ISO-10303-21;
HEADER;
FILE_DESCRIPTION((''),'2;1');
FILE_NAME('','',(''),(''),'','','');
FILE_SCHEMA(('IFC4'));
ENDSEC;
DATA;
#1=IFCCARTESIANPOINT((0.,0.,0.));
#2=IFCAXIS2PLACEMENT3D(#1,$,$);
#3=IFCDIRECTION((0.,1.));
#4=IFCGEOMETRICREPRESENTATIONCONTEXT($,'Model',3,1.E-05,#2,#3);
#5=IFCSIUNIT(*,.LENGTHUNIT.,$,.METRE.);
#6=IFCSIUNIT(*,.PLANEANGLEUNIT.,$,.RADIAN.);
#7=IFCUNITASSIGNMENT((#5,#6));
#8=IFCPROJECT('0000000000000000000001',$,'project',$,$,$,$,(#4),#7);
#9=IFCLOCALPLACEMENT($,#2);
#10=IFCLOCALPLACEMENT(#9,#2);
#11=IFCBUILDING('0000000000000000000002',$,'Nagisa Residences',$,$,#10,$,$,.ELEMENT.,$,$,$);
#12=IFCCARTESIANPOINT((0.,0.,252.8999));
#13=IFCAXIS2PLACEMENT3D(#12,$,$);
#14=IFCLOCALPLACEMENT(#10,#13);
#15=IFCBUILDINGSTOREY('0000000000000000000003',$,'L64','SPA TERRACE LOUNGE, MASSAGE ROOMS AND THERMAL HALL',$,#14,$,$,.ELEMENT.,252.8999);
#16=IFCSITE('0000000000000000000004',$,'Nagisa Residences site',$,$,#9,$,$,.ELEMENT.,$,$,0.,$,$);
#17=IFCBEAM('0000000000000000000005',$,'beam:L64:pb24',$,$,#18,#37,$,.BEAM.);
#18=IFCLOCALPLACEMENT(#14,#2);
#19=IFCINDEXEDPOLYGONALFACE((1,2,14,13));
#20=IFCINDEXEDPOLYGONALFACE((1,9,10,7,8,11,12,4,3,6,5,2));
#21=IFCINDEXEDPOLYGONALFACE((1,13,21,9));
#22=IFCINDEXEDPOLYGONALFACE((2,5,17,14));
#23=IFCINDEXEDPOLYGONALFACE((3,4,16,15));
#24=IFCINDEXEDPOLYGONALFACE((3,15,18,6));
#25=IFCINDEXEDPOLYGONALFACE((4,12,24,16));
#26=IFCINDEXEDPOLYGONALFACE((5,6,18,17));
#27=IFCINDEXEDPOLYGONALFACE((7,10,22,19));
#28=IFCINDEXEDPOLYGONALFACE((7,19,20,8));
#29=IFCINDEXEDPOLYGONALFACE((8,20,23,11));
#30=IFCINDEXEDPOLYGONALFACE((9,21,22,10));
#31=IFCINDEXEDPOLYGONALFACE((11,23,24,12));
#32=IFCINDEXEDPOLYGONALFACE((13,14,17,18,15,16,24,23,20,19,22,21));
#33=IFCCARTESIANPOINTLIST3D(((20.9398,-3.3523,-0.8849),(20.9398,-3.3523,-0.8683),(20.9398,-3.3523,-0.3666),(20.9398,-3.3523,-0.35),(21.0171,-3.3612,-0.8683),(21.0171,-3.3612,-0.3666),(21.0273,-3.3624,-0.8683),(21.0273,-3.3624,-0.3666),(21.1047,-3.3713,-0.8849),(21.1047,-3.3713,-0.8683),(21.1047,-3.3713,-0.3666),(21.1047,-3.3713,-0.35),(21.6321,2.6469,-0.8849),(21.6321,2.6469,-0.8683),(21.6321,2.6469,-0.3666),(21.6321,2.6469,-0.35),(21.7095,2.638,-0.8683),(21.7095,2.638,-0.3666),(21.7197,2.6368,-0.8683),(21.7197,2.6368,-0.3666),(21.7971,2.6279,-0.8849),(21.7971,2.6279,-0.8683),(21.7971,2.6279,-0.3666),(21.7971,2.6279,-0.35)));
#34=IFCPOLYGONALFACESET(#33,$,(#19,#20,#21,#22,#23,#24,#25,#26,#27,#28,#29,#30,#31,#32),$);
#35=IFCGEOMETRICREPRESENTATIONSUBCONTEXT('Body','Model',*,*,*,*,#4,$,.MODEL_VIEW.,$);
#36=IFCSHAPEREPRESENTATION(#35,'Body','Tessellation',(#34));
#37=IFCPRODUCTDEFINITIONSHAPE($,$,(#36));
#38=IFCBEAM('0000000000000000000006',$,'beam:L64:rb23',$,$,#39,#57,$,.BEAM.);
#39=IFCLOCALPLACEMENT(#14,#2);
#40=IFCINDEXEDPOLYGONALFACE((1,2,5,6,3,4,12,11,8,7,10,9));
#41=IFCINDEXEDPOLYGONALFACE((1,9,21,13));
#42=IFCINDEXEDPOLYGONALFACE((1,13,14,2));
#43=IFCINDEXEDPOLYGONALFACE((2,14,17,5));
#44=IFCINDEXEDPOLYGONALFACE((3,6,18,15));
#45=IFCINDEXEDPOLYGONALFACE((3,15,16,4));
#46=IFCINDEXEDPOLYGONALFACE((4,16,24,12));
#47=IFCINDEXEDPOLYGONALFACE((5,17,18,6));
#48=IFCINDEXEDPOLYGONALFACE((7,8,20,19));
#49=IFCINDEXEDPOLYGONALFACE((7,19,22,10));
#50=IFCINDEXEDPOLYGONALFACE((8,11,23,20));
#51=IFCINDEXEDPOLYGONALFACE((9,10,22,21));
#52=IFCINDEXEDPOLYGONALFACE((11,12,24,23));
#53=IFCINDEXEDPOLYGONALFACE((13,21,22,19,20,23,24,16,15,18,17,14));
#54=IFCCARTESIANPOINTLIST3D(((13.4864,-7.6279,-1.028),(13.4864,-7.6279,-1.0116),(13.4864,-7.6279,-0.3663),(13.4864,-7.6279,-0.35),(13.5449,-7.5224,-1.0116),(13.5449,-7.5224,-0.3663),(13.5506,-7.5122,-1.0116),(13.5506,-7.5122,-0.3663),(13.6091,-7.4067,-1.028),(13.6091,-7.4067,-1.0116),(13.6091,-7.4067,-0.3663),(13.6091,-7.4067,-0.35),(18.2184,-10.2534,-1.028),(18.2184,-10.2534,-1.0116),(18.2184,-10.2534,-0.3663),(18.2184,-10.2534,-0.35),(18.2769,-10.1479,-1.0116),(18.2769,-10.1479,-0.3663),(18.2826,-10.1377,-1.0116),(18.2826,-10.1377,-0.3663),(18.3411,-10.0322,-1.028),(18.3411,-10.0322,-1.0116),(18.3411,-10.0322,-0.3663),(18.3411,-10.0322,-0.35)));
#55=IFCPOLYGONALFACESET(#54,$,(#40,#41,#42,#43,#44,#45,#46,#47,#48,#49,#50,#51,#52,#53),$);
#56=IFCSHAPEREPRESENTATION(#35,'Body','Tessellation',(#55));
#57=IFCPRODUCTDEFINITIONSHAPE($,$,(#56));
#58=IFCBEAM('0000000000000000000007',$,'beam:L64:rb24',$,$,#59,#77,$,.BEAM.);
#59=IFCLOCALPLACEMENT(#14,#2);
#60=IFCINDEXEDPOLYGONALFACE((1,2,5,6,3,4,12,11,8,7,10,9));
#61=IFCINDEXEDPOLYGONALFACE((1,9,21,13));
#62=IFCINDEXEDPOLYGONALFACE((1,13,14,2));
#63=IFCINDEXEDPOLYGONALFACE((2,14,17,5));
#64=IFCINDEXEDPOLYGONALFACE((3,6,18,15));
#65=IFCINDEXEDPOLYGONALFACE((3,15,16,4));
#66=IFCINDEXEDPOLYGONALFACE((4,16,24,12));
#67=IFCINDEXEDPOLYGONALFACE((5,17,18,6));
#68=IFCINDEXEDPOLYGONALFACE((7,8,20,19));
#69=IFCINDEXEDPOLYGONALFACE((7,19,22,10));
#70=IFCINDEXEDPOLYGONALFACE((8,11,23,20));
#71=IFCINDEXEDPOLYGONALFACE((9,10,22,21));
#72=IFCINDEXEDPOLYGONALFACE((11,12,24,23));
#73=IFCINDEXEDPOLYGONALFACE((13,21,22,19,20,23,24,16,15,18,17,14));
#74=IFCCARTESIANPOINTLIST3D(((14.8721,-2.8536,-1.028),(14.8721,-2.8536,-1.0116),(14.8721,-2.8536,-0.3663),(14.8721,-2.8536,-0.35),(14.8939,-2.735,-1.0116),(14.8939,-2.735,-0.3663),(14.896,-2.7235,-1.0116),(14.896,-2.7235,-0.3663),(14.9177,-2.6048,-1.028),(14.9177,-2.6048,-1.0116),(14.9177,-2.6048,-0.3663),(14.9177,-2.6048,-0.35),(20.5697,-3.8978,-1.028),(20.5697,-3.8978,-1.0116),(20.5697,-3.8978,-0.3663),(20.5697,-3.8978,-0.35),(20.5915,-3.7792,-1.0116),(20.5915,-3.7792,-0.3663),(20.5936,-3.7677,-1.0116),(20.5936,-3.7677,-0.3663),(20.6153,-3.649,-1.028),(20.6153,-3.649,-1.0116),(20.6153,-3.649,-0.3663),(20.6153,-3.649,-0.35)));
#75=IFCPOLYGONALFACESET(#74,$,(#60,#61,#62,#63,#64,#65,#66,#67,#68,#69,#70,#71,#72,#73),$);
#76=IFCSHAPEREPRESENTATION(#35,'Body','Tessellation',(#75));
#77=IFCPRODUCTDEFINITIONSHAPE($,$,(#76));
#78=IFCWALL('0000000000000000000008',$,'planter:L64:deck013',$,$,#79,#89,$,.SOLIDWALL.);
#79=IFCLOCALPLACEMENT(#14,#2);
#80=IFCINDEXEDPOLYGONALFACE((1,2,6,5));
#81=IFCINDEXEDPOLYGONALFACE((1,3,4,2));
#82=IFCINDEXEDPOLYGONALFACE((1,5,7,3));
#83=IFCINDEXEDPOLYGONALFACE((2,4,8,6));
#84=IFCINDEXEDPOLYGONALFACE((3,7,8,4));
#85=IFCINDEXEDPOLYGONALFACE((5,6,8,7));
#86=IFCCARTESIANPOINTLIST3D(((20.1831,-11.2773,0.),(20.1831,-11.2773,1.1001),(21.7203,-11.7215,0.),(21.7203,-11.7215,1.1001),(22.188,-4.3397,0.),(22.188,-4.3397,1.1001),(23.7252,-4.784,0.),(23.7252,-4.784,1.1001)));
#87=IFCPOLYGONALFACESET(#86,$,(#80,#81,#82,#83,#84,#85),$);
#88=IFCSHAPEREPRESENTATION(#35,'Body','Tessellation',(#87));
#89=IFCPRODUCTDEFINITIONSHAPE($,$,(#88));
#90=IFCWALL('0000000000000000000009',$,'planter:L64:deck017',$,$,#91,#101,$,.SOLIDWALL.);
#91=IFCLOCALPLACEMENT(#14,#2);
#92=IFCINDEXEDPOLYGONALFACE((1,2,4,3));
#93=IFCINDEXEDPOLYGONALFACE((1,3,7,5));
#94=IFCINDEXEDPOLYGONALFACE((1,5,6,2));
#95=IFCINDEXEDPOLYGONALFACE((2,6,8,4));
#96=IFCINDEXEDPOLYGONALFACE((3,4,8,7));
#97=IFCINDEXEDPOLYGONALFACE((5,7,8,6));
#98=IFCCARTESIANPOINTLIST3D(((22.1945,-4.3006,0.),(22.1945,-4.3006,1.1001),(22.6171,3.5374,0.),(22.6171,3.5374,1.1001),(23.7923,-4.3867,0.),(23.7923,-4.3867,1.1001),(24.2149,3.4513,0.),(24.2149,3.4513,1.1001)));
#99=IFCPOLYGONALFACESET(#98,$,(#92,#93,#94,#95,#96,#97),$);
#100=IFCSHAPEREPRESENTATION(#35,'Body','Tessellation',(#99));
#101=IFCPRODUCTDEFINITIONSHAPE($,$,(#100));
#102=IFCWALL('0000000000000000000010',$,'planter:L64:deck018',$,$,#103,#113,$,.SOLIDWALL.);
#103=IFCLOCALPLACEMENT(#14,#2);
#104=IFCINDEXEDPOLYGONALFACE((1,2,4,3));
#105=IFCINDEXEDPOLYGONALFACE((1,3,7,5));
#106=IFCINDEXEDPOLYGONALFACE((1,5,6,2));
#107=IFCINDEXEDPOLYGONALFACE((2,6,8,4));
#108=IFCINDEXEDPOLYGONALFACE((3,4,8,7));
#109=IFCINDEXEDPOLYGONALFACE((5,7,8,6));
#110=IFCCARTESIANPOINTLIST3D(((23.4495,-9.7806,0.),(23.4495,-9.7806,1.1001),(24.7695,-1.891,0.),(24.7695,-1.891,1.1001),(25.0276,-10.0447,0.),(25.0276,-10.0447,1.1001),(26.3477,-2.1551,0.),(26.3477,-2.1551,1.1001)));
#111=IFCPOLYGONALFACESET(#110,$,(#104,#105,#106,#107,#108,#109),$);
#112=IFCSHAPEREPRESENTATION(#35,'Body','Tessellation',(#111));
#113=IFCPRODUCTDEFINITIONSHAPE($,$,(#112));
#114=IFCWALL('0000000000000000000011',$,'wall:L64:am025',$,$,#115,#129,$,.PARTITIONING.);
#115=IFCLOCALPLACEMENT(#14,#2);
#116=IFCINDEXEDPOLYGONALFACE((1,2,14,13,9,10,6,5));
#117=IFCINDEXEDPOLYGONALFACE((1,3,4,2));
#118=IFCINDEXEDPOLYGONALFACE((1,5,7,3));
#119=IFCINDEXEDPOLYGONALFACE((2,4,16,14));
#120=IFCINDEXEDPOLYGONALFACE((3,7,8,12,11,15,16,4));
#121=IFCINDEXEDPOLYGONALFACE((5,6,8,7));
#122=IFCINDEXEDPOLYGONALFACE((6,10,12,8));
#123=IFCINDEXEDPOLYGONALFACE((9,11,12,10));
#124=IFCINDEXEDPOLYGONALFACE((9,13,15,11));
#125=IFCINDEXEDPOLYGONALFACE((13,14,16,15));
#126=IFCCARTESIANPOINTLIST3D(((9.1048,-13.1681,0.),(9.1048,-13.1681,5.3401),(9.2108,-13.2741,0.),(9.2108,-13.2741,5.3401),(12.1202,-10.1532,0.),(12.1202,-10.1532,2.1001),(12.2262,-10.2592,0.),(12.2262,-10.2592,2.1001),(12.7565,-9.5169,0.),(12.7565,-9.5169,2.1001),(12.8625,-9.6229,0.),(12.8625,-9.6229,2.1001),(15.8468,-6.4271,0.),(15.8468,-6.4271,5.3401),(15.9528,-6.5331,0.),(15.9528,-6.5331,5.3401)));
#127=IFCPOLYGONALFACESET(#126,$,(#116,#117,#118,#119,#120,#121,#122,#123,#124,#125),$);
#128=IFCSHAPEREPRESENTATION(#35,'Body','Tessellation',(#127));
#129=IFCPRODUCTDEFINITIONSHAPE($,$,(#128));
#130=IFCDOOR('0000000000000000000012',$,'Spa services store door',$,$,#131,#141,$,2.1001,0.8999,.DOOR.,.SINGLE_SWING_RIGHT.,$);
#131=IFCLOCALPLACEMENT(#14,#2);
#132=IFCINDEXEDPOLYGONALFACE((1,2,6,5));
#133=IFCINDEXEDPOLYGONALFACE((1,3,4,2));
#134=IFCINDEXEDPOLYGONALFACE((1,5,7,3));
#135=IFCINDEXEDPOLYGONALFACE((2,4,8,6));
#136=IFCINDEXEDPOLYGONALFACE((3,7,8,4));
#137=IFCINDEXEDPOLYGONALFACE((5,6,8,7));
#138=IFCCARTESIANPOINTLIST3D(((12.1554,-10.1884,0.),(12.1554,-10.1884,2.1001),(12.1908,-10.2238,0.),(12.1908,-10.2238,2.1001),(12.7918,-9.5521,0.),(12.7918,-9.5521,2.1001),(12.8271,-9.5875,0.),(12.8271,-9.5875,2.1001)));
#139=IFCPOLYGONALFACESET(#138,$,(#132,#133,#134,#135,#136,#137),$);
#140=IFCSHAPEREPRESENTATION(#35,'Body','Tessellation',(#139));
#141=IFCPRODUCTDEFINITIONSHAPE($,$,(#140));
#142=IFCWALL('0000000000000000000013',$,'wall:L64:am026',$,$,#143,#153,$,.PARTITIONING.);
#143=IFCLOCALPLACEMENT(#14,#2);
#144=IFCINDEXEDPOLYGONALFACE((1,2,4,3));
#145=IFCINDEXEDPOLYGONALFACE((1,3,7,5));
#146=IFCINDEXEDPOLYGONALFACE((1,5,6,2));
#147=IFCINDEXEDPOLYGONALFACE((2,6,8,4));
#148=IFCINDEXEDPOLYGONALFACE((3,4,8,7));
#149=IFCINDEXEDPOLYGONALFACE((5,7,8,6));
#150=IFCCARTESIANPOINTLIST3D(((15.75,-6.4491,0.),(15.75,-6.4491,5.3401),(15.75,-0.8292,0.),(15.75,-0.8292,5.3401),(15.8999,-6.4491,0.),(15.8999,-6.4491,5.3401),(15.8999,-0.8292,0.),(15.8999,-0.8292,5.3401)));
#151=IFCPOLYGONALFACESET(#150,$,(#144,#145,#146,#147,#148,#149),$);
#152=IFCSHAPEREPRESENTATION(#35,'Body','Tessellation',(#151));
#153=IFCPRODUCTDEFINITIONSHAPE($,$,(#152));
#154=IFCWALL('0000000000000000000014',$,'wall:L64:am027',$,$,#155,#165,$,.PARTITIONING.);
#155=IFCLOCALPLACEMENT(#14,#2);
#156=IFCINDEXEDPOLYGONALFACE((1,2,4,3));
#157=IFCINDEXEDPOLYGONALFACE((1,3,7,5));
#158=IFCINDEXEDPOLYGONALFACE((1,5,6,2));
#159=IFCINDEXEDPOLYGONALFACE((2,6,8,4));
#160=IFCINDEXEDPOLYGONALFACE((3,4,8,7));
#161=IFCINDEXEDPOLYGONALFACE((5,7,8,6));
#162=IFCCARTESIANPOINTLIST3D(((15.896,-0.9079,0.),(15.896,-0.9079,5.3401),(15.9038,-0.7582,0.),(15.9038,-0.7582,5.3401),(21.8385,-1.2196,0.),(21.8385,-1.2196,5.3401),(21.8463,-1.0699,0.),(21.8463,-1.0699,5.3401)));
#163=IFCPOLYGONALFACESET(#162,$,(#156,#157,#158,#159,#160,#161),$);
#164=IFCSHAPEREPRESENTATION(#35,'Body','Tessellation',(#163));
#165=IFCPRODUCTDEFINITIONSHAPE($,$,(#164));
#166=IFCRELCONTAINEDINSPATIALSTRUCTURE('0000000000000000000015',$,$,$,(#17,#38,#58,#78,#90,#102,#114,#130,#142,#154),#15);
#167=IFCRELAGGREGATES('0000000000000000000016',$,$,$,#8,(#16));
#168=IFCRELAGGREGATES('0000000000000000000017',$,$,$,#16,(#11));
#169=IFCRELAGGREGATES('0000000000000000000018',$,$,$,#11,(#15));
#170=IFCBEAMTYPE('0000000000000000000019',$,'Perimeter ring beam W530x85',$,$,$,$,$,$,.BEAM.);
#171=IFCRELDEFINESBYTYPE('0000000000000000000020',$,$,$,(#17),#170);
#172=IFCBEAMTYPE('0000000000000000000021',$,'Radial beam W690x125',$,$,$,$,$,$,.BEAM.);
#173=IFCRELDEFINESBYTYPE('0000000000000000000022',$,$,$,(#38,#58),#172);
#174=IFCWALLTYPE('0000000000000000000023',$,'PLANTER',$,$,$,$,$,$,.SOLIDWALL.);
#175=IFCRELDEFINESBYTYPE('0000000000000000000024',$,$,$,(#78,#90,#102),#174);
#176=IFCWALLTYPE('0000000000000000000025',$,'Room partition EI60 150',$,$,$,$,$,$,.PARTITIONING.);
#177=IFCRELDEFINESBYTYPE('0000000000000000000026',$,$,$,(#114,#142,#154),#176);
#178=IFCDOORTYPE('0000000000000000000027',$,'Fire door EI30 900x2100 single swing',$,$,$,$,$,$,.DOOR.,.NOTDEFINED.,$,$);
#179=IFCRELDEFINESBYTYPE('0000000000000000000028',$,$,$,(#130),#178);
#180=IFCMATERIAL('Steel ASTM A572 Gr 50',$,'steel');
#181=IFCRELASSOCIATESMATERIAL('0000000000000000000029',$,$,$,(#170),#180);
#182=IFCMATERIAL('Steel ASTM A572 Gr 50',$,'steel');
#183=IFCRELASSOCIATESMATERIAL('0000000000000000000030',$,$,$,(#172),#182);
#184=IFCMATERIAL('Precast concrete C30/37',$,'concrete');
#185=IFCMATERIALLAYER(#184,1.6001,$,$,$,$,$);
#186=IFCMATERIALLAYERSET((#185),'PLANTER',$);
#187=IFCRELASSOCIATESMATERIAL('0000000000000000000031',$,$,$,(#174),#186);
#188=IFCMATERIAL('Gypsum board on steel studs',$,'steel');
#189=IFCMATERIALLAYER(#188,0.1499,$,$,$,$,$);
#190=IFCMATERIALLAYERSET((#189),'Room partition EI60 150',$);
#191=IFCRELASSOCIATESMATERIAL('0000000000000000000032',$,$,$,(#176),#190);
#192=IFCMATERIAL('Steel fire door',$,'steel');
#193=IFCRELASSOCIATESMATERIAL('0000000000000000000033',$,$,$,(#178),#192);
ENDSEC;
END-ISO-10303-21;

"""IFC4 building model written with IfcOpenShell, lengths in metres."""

from ifc_helpers import new_model, si_unit, direction, frame, frame_2d, origin, origin_2d, place, context, subcontext, project, spatial, rectangle, i_section, extrude, material, layer, layer_set, material_profile, profile_set, type_object, element, fill, save


model = new_model("IFC4")

# Units and contexts
model_context = context("Model", 3, precision=1e-05, world=origin(), true_north=direction((0.0, 1.0)))
body_context = subcontext(model_context, "Body", "Model", "MODEL_VIEW")
ifc_project = project(units=[si_unit("LENGTHUNIT", "METRE"), si_unit("PLANEANGLEUNIT", "RADIAN")], contexts=[model_context])

# Site, building, storey
site_placement = place(None, origin())
site = spatial("IfcSite", under=ifc_project, at=site_placement, Name="Nagisa Residences site", CompositionType="ELEMENT", RefElevation=0.0)
building_placement = place(site_placement, origin())
building = spatial("IfcBuilding", under=site, at=building_placement, Name="Nagisa Residences", CompositionType="ELEMENT")
storey_placement = place(building_placement, frame((0.0, 0.0, 252.8999)))
storey = spatial("IfcBuildingStorey", under=building, at=storey_placement, Name="L64", Description="SPA TERRACE LOUNGE, MASSAGE ROOMS AND THERMAL HALL", CompositionType="ELEMENT", Elevation=252.8999)

# Beams
ifc_material_1 = material(Name="Steel ASTM A572 Gr 50", Category="steel")
ifc_material_profile_1 = material_profile(ifc_material_1, i_section(OverallWidth=0.166, OverallDepth=0.5349, WebThickness=0.0103, FlangeThickness=0.0166, at=origin_2d()), Name="W530x85")
ifc_profile_set_1 = profile_set([ifc_material_profile_1], Name="Steel ASTM A572 Gr 50")
beam_type_1 = type_object("IfcBeamType", Name="Perimeter ring beam W530x85", PredefinedType="BEAM", material=ifc_profile_set_1)
beam_1_placement = place(storey_placement, frame((21.0222, -3.3618, -0.6174), z_axis=(0.11465, 0.993406, 0.0), x_axis=(-0.993406, 0.11465, 0.0)))
element("IfcBeam", 1, at=beam_1_placement, inside=storey, type_object=beam_type_1, Name="beam:L64:pb24", PredefinedType="BEAM", context=body_context, shape_type="SweptSolid", body=[
    extrude(i_section(OverallWidth=0.166, OverallDepth=0.5349, WebThickness=0.0103, FlangeThickness=0.0166, at=origin_2d()), origin(), (0.0, 0.0, 1.0), 6.0391),
])
ifc_material_2 = material(Name="Steel ASTM A572 Gr 50", Category="steel")
ifc_material_profile_2 = material_profile(ifc_material_2, i_section(OverallWidth=0.2529, OverallDepth=0.678, WebThickness=0.0117, FlangeThickness=0.0164, at=origin_2d()), Name="W690x125")
ifc_profile_set_2 = profile_set([ifc_material_profile_2], Name="Steel ASTM A572 Gr 50")
beam_type_2 = type_object("IfcBeamType", Name="Radial beam W690x125", PredefinedType="BEAM", material=ifc_profile_set_2)
beam_2_placement = place(storey_placement, frame((18.2798, -10.1428, -0.689), z_axis=(-0.874421, 0.485168, 0.0), x_axis=(-0.485168, -0.874421, 0.0)))
element("IfcBeam", 2, at=beam_2_placement, inside=storey, type_object=beam_type_2, Name="beam:L64:rb23", PredefinedType="BEAM", context=body_context, shape_type="SweptSolid", body=[
    extrude(i_section(OverallWidth=0.2529, OverallDepth=0.678, WebThickness=0.0117, FlangeThickness=0.0164, at=origin_2d()), origin(), (0.0, 0.0, 1.0), 5.4116),
])
beam_3_placement = place(storey_placement, frame((20.5925, -3.7734, -0.689), z_axis=(-0.983617, 0.180269, 0.0), x_axis=(-0.180269, -0.983617, 0.0)))
element("IfcBeam", 3, at=beam_3_placement, inside=storey, type_object=beam_type_2, Name="beam:L64:rb24", PredefinedType="BEAM", context=body_context, shape_type="SweptSolid", body=[
    extrude(i_section(OverallWidth=0.2529, OverallDepth=0.678, WebThickness=0.0117, FlangeThickness=0.0164, at=origin_2d()), origin(), (0.0, 0.0, 1.0), 5.7925),
])

# Walls
ifc_material_3 = material(Name="Precast concrete C30/37", Category="concrete")
ifc_layer_1 = layer(ifc_material_3, 1.6001)
ifc_layer_set_1 = layer_set([ifc_layer_1], Name="PLANTER")
wall_type_1 = type_object("IfcWallType", Name="PLANTER", PredefinedType="SOLIDWALL", material=ifc_layer_set_1)
wall_1_placement = place(storey_placement, frame((20.9517, -11.4995, 0.0), z_axis=(0.0, 0.0, 1.0), x_axis=(0.277631, 0.960688, 0.0)))
element("IfcWall", 4, at=wall_1_placement, inside=storey, type_object=wall_type_1, Name="planter:L64:deck013", PredefinedType="SOLIDWALL", context=body_context, shape_type="SweptSolid", body=[
    extrude(rectangle(XDim=7.2214, YDim=1.6001, at=frame_2d((3.6108, 0.0))), origin(), (0.0, 0.0, 1.0), 1.1001),
])
wall_2_placement = place(storey_placement, frame((22.9934, -4.3438, 0.0), z_axis=(0.0, 0.0, 1.0), x_axis=(0.05384, 0.99855, 0.0)))
element("IfcWall", 5, at=wall_2_placement, inside=storey, type_object=wall_type_1, Name="planter:L64:deck017", PredefinedType="SOLIDWALL", context=body_context, shape_type="SweptSolid", body=[
    extrude(rectangle(XDim=7.8494, YDim=1.6001, at=frame_2d((3.9248, 0.0))), origin(), (0.0, 0.0, 1.0), 1.1001),
])
wall_3_placement = place(storey_placement, frame((25.5586, -2.0232, 0.0), z_axis=(0.0, 0.0, 1.0), x_axis=(-0.165023, -0.98629, 0.0)))
element("IfcWall", 6, at=wall_3_placement, inside=storey, type_object=wall_type_1, Name="planter:L64:deck018", PredefinedType="SOLIDWALL", context=body_context, shape_type="SweptSolid", body=[
    extrude(rectangle(XDim=7.9993, YDim=1.6001, at=frame_2d((3.9995, 0.0))), origin(), (0.0, 0.0, 1.0), 1.1001),
])

# Wall, opening, door
ifc_material_4 = material(Name="Gypsum board on steel studs", Category="steel")
ifc_layer_2 = layer(ifc_material_4, 0.1499)
ifc_layer_set_2 = layer_set([ifc_layer_2], Name="Room partition EI60 150")
wall_type_2 = type_object("IfcWallType", Name="Room partition EI60 150", PredefinedType="PARTITIONING", material=ifc_layer_set_2)
wall_4_placement = place(storey_placement, frame((15.8999, -6.48, 0.0), z_axis=(0.0, 0.0, 1.0), x_axis=(-0.707158, -0.707056, 0.0)))
wall_4 = element("IfcWall", 7, at=wall_4_placement, inside=storey, type_object=wall_type_2, Name="wall:L64:am025", PredefinedType="PARTITIONING", context=body_context, shape_type="SweptSolid", body=[
    extrude(rectangle(XDim=9.5339, YDim=0.1499, at=frame_2d((4.7671, 0.0))), origin(), (0.0, 0.0, 1.0), 5.3401),
])
opening_placement = place(wall_4_placement, frame((4.3701, 0.0, 0.0)))
opening = element("IfcOpeningElement", 8, at=opening_placement, cuts=wall_4, PredefinedType="OPENING", context=body_context, shape_type="SweptSolid", body=[
    extrude(rectangle(XDim=0.8999, YDim=2.1001, at=frame_2d((0.45, 1.05))), frame((0.0, 0.085, 0.0), z_axis=(0.0, -1.0, 0.0), x_axis=(1.0, 0.0, 0.0)), (0.0, 0.0, 1.0), 0.1699),
])
ifc_material_5 = material(Name="Steel fire door", Category="steel")
door_type = type_object("IfcDoorType", Name="Fire door EI30 900x2100 single swing", OperationType="NOTDEFINED", PredefinedType="DOOR", material=ifc_material_5)
door_placement = place(opening_placement, origin())
door = element("IfcDoor", 9, at=door_placement, inside=storey, type_object=door_type, Name="Spa services store door", OperationType="SINGLE_SWING_RIGHT", OverallHeight=2.1001, OverallWidth=0.8999, PredefinedType="DOOR", context=body_context, shape_type="SweptSolid", body=[
    extrude(rectangle(XDim=0.8999, YDim=2.1001, at=frame_2d((0.45, 1.05))), frame((0.0, 0.0249, 0.0), z_axis=(0.0, -1.0, 0.0), x_axis=(1.0, 0.0, 0.0)), (0.0, 0.0, 1.0), 0.05),
])
fill(opening, door)

# Walls
wall_5_placement = place(storey_placement, frame((15.825, -0.8291, 0.0), z_axis=(0.0, 0.0, 1.0), x_axis=(0.0, -1.0, 0.0)))
element("IfcWall", 10, at=wall_5_placement, inside=storey, type_object=wall_type_2, Name="wall:L64:am026", PredefinedType="PARTITIONING", context=body_context, shape_type="SweptSolid", body=[
    extrude(rectangle(XDim=5.6199, YDim=0.1499, at=frame_2d((2.8101, 0.0))), origin(), (0.0, 0.0, 1.0), 5.3401),
])
wall_6_placement = place(storey_placement, frame((15.8999, -0.833, 0.0), z_axis=(0.0, 0.0, 1.0), x_axis=(0.998627, -0.052391, 0.0)))
element("IfcWall", 11, at=wall_6_placement, inside=storey, type_object=wall_type_2, Name="wall:L64:am027", PredefinedType="PARTITIONING", context=body_context, shape_type="SweptSolid", body=[
    extrude(rectangle(XDim=5.9507, YDim=0.1499, at=frame_2d((2.9753, 0.0))), origin(), (0.0, 0.0, 1.0), 5.3401),
])

save(model, "model.ifc")
